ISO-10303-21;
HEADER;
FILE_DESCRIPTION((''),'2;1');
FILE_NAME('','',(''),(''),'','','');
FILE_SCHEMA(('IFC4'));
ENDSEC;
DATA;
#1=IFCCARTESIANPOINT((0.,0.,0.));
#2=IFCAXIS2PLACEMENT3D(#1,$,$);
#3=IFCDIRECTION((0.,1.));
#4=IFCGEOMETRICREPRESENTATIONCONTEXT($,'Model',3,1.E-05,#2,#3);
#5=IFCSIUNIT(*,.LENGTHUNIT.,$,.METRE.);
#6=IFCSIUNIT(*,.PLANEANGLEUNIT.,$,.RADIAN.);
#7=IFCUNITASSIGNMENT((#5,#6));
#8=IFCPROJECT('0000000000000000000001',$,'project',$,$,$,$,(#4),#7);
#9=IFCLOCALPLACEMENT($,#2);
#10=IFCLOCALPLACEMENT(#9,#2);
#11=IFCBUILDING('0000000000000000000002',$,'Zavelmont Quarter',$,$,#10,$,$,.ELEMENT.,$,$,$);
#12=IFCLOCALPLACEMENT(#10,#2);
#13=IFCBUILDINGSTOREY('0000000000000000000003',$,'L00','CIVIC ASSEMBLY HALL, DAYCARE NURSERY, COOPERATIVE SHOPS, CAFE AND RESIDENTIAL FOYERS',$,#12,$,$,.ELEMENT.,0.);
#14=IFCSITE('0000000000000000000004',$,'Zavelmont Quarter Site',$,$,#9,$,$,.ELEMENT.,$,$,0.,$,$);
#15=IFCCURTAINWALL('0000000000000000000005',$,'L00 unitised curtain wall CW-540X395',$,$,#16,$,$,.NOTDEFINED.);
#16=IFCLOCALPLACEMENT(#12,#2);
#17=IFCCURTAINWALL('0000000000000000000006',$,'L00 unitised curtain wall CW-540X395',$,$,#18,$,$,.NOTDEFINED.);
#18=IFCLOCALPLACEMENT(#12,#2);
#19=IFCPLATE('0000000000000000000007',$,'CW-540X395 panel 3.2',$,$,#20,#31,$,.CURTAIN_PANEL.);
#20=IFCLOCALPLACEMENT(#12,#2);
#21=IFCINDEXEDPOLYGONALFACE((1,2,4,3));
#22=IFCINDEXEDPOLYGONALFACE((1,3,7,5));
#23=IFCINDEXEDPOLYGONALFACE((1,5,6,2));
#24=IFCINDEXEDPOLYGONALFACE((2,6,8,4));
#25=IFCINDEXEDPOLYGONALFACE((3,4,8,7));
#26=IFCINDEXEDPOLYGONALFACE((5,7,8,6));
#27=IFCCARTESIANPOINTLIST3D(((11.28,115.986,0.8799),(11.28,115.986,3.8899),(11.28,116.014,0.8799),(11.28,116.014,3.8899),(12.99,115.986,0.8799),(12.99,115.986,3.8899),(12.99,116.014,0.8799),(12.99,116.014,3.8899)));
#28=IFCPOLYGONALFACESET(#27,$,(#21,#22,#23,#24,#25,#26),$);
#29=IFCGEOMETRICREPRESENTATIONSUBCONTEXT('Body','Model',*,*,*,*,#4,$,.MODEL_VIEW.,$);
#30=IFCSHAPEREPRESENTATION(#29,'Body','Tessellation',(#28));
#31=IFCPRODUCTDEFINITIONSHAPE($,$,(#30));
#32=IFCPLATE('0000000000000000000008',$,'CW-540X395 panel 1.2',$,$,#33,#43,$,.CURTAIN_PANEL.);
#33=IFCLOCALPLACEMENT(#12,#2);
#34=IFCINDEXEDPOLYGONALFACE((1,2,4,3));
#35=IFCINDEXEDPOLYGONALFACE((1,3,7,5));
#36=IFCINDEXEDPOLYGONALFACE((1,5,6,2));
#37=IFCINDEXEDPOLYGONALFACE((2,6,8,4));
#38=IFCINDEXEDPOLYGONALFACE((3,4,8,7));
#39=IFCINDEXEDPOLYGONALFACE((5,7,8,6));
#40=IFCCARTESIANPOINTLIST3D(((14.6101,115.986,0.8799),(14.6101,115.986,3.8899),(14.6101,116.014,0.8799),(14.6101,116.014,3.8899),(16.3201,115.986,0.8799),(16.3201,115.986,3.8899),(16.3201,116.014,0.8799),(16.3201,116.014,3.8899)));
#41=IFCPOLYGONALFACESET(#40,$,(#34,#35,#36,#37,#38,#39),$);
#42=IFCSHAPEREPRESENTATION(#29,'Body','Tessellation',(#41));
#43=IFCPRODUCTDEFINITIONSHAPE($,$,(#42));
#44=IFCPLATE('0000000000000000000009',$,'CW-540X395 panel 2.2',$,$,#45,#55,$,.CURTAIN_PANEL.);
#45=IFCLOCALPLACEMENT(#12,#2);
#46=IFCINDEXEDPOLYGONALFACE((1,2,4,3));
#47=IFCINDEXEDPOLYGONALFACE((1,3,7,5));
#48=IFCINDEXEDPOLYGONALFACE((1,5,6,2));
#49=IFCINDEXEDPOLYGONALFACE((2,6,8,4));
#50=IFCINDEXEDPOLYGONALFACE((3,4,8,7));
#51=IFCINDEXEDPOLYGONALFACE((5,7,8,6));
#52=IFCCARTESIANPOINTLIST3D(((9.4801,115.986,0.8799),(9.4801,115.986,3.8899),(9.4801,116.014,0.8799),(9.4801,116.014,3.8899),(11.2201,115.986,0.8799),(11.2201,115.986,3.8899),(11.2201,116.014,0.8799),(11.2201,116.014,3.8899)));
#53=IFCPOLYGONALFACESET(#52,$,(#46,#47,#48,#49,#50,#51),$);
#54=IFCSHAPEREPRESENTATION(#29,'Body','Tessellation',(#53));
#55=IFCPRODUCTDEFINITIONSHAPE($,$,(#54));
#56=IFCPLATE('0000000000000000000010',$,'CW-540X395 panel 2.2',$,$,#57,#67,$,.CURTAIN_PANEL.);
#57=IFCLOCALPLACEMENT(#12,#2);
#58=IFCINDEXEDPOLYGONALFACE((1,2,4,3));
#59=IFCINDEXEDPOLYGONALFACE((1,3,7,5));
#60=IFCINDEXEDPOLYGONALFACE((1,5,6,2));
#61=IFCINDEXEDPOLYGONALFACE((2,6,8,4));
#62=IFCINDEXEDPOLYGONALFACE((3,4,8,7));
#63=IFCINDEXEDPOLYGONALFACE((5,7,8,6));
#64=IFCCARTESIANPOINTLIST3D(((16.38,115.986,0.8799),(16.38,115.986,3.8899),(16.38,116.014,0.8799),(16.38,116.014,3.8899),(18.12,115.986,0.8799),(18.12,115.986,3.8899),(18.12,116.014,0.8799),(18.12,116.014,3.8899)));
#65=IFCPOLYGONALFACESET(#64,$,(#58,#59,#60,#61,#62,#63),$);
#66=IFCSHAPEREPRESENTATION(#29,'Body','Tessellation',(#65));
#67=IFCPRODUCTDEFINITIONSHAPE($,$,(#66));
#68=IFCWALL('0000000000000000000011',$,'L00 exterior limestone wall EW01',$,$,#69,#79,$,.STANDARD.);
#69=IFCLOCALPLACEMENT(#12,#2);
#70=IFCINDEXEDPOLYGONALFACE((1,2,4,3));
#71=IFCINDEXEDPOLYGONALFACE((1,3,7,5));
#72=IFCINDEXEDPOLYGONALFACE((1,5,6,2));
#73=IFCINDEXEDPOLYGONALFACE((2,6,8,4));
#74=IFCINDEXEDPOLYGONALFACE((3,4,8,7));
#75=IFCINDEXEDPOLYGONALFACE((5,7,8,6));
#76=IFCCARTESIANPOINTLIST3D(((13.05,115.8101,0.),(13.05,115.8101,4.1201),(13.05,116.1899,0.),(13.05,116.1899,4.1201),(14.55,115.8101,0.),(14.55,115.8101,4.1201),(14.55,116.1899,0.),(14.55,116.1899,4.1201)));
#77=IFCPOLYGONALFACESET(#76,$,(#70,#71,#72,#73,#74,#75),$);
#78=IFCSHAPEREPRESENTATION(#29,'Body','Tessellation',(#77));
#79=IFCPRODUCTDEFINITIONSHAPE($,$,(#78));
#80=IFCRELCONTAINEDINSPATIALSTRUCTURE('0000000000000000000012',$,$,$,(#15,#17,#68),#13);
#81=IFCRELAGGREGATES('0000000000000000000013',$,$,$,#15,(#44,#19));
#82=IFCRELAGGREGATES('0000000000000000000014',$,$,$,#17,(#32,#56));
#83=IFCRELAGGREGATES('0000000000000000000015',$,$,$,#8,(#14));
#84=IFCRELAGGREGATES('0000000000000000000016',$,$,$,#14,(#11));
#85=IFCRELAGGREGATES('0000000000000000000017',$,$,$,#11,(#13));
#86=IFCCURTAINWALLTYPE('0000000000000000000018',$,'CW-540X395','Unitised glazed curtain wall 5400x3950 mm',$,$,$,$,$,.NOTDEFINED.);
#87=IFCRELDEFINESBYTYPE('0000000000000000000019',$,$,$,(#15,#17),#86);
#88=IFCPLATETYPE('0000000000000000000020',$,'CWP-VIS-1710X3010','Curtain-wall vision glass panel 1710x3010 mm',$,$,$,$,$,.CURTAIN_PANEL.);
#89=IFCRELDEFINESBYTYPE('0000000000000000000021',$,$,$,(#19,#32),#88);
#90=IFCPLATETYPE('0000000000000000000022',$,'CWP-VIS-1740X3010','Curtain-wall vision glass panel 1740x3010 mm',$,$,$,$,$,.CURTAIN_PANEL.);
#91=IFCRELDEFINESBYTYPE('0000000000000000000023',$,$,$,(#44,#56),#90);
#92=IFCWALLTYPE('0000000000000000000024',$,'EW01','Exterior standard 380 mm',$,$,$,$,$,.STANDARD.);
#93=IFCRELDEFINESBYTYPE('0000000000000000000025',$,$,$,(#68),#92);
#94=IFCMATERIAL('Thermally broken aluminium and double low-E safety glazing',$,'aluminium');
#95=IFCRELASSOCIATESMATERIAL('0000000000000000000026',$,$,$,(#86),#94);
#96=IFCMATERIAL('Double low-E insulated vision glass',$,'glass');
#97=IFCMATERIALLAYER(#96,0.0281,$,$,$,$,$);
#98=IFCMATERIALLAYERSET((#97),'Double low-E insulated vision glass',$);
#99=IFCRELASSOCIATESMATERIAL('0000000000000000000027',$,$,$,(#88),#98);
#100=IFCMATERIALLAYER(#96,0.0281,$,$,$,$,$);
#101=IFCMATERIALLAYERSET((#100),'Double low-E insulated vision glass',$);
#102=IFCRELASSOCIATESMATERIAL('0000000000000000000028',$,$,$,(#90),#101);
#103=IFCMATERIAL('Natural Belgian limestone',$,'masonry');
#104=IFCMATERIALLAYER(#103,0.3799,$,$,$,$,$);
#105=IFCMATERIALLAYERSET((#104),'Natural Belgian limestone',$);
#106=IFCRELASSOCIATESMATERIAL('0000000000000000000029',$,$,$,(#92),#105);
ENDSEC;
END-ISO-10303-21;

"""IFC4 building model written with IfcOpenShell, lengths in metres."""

from ifc_helpers import new_model, si_unit, direction, frame, frame_2d, origin, origin_2d, place, context, subcontext, project, spatial, rectangle, extrude, material, layer, layer_set, type_object, element, aggregate, save


model = new_model("IFC4")

# Units and contexts
model_context = context("Model", 3, precision=1e-05, world=origin(), true_north=direction((0.0, 1.0)))
body_context = subcontext(model_context, "Body", "Model", "MODEL_VIEW")
ifc_project = project(units=[si_unit("LENGTHUNIT", "METRE"), si_unit("PLANEANGLEUNIT", "RADIAN")], contexts=[model_context])

# Site, building, storey
site_placement = place(None, origin())
site = spatial("IfcSite", under=ifc_project, at=site_placement, Name="Zavelmont Quarter Site", CompositionType="ELEMENT", RefElevation=0.0)
building_placement = place(site_placement, origin())
building = spatial("IfcBuilding", under=site, at=building_placement, Name="Zavelmont Quarter", CompositionType="ELEMENT")
storey_placement = place(building_placement, origin())
storey = spatial("IfcBuildingStorey", under=building, at=storey_placement, Name="L00", Description="CIVIC ASSEMBLY HALL, DAYCARE NURSERY, COOPERATIVE SHOPS, CAFE AND RESIDENTIAL FOYERS", CompositionType="ELEMENT", Elevation=0.0)

# Curtain walls
ifc_material_1 = material(Name="Thermally broken aluminium and double low-E safety glazing", Category="aluminium")
curtain_wall_type = type_object("IfcCurtainWallType", Name="CW-540X395", Description="Unitised glazed curtain wall 5400x3950 mm", PredefinedType="NOTDEFINED", material=ifc_material_1)
curtain_wall_1_placement = place(storey_placement, origin())
curtain_wall_1 = element("IfcCurtainWall", 1, at=curtain_wall_1_placement, inside=storey, type_object=curtain_wall_type, Name="L00 unitised curtain wall CW-540X395", PredefinedType="NOTDEFINED")
curtain_wall_2_placement = place(storey_placement, origin())
curtain_wall_2 = element("IfcCurtainWall", 2, at=curtain_wall_2_placement, inside=storey, type_object=curtain_wall_type, Name="L00 unitised curtain wall CW-540X395", PredefinedType="NOTDEFINED")

# Plates
ifc_material_2 = material(Name="Double low-E insulated vision glass", Category="glass")
ifc_layer_1 = layer(ifc_material_2, 0.0281)
ifc_layer_set_1 = layer_set([ifc_layer_1], Name="Double low-E insulated vision glass")
plate_type_1 = type_object("IfcPlateType", Name="CWP-VIS-1710X3010", Description="Curtain-wall vision glass panel 1710x3010 mm", PredefinedType="CURTAIN_PANEL", material=ifc_layer_set_1)
plate_1_placement = place(storey_placement, frame((12.135, 116.0, 0.8799), z_axis=(0.0, 0.0, 1.0), x_axis=(1.0, 0.0, 0.0)))
plate_1 = element("IfcPlate", 3, at=plate_1_placement, type_object=plate_type_1, Name="CW-540X395 panel 3.2", PredefinedType="CURTAIN_PANEL", context=body_context, shape_type="SweptSolid", body=[
    extrude(rectangle(XDim=1.71, YDim=0.0281, at=origin_2d()), origin(), (0.0, 0.0, 1.0), 3.01),
])
plate_2_placement = place(storey_placement, frame((15.4651, 116.0, 0.8799), z_axis=(0.0, 0.0, 1.0), x_axis=(1.0, 0.0, 0.0)))
plate_2 = element("IfcPlate", 4, at=plate_2_placement, type_object=plate_type_1, Name="CW-540X395 panel 1.2", PredefinedType="CURTAIN_PANEL", context=body_context, shape_type="SweptSolid", body=[
    extrude(rectangle(XDim=1.71, YDim=0.0281, at=origin_2d()), origin(), (0.0, 0.0, 1.0), 3.01),
])
ifc_layer_2 = layer(ifc_material_2, 0.0281)
ifc_layer_set_2 = layer_set([ifc_layer_2], Name="Double low-E insulated vision glass")
plate_type_2 = type_object("IfcPlateType", Name="CWP-VIS-1740X3010", Description="Curtain-wall vision glass panel 1740x3010 mm", PredefinedType="CURTAIN_PANEL", material=ifc_layer_set_2)
plate_3_placement = place(storey_placement, frame((10.3501, 116.0, 0.8799), z_axis=(0.0, 0.0, 1.0), x_axis=(1.0, 0.0, 0.0)))
plate_3 = element("IfcPlate", 5, at=plate_3_placement, type_object=plate_type_2, Name="CW-540X395 panel 2.2", PredefinedType="CURTAIN_PANEL", context=body_context, shape_type="SweptSolid", body=[
    extrude(rectangle(XDim=1.74, YDim=0.0281, at=origin_2d()), origin(), (0.0, 0.0, 1.0), 3.01),
])
aggregate(curtain_wall_1, [plate_3, plate_1])
plate_4_placement = place(storey_placement, frame((17.25, 116.0, 0.8799), z_axis=(0.0, 0.0, 1.0), x_axis=(1.0, 0.0, 0.0)))
plate_4 = element("IfcPlate", 6, at=plate_4_placement, type_object=plate_type_2, Name="CW-540X395 panel 2.2", PredefinedType="CURTAIN_PANEL", context=body_context, shape_type="SweptSolid", body=[
    extrude(rectangle(XDim=1.74, YDim=0.0281, at=origin_2d()), origin(), (0.0, 0.0, 1.0), 3.01),
])
aggregate(curtain_wall_2, [plate_2, plate_4])

# Wall
ifc_material_3 = material(Name="Natural Belgian limestone", Category="masonry")
ifc_layer_3 = layer(ifc_material_3, 0.3799)
ifc_layer_set_3 = layer_set([ifc_layer_3], Name="Natural Belgian limestone")
wall_type = type_object("IfcWallType", Name="EW01", Description="Exterior standard 380 mm", PredefinedType="STANDARD", material=ifc_layer_set_3)
wall_placement = place(storey_placement, frame((13.05, 116.0, 0.0), z_axis=(0.0, 0.0, 1.0), x_axis=(1.0, 0.0, 0.0)))
element("IfcWall", 7, at=wall_placement, inside=storey, type_object=wall_type, Name="L00 exterior limestone wall EW01", PredefinedType="STANDARD", context=body_context, shape_type="SweptSolid", body=[
    extrude(rectangle(XDim=1.5, YDim=0.3799, at=frame_2d((0.75, 0.0))), origin(), (0.0, 0.0, 1.0), 4.1201),
])

save(model, "model.ifc")
